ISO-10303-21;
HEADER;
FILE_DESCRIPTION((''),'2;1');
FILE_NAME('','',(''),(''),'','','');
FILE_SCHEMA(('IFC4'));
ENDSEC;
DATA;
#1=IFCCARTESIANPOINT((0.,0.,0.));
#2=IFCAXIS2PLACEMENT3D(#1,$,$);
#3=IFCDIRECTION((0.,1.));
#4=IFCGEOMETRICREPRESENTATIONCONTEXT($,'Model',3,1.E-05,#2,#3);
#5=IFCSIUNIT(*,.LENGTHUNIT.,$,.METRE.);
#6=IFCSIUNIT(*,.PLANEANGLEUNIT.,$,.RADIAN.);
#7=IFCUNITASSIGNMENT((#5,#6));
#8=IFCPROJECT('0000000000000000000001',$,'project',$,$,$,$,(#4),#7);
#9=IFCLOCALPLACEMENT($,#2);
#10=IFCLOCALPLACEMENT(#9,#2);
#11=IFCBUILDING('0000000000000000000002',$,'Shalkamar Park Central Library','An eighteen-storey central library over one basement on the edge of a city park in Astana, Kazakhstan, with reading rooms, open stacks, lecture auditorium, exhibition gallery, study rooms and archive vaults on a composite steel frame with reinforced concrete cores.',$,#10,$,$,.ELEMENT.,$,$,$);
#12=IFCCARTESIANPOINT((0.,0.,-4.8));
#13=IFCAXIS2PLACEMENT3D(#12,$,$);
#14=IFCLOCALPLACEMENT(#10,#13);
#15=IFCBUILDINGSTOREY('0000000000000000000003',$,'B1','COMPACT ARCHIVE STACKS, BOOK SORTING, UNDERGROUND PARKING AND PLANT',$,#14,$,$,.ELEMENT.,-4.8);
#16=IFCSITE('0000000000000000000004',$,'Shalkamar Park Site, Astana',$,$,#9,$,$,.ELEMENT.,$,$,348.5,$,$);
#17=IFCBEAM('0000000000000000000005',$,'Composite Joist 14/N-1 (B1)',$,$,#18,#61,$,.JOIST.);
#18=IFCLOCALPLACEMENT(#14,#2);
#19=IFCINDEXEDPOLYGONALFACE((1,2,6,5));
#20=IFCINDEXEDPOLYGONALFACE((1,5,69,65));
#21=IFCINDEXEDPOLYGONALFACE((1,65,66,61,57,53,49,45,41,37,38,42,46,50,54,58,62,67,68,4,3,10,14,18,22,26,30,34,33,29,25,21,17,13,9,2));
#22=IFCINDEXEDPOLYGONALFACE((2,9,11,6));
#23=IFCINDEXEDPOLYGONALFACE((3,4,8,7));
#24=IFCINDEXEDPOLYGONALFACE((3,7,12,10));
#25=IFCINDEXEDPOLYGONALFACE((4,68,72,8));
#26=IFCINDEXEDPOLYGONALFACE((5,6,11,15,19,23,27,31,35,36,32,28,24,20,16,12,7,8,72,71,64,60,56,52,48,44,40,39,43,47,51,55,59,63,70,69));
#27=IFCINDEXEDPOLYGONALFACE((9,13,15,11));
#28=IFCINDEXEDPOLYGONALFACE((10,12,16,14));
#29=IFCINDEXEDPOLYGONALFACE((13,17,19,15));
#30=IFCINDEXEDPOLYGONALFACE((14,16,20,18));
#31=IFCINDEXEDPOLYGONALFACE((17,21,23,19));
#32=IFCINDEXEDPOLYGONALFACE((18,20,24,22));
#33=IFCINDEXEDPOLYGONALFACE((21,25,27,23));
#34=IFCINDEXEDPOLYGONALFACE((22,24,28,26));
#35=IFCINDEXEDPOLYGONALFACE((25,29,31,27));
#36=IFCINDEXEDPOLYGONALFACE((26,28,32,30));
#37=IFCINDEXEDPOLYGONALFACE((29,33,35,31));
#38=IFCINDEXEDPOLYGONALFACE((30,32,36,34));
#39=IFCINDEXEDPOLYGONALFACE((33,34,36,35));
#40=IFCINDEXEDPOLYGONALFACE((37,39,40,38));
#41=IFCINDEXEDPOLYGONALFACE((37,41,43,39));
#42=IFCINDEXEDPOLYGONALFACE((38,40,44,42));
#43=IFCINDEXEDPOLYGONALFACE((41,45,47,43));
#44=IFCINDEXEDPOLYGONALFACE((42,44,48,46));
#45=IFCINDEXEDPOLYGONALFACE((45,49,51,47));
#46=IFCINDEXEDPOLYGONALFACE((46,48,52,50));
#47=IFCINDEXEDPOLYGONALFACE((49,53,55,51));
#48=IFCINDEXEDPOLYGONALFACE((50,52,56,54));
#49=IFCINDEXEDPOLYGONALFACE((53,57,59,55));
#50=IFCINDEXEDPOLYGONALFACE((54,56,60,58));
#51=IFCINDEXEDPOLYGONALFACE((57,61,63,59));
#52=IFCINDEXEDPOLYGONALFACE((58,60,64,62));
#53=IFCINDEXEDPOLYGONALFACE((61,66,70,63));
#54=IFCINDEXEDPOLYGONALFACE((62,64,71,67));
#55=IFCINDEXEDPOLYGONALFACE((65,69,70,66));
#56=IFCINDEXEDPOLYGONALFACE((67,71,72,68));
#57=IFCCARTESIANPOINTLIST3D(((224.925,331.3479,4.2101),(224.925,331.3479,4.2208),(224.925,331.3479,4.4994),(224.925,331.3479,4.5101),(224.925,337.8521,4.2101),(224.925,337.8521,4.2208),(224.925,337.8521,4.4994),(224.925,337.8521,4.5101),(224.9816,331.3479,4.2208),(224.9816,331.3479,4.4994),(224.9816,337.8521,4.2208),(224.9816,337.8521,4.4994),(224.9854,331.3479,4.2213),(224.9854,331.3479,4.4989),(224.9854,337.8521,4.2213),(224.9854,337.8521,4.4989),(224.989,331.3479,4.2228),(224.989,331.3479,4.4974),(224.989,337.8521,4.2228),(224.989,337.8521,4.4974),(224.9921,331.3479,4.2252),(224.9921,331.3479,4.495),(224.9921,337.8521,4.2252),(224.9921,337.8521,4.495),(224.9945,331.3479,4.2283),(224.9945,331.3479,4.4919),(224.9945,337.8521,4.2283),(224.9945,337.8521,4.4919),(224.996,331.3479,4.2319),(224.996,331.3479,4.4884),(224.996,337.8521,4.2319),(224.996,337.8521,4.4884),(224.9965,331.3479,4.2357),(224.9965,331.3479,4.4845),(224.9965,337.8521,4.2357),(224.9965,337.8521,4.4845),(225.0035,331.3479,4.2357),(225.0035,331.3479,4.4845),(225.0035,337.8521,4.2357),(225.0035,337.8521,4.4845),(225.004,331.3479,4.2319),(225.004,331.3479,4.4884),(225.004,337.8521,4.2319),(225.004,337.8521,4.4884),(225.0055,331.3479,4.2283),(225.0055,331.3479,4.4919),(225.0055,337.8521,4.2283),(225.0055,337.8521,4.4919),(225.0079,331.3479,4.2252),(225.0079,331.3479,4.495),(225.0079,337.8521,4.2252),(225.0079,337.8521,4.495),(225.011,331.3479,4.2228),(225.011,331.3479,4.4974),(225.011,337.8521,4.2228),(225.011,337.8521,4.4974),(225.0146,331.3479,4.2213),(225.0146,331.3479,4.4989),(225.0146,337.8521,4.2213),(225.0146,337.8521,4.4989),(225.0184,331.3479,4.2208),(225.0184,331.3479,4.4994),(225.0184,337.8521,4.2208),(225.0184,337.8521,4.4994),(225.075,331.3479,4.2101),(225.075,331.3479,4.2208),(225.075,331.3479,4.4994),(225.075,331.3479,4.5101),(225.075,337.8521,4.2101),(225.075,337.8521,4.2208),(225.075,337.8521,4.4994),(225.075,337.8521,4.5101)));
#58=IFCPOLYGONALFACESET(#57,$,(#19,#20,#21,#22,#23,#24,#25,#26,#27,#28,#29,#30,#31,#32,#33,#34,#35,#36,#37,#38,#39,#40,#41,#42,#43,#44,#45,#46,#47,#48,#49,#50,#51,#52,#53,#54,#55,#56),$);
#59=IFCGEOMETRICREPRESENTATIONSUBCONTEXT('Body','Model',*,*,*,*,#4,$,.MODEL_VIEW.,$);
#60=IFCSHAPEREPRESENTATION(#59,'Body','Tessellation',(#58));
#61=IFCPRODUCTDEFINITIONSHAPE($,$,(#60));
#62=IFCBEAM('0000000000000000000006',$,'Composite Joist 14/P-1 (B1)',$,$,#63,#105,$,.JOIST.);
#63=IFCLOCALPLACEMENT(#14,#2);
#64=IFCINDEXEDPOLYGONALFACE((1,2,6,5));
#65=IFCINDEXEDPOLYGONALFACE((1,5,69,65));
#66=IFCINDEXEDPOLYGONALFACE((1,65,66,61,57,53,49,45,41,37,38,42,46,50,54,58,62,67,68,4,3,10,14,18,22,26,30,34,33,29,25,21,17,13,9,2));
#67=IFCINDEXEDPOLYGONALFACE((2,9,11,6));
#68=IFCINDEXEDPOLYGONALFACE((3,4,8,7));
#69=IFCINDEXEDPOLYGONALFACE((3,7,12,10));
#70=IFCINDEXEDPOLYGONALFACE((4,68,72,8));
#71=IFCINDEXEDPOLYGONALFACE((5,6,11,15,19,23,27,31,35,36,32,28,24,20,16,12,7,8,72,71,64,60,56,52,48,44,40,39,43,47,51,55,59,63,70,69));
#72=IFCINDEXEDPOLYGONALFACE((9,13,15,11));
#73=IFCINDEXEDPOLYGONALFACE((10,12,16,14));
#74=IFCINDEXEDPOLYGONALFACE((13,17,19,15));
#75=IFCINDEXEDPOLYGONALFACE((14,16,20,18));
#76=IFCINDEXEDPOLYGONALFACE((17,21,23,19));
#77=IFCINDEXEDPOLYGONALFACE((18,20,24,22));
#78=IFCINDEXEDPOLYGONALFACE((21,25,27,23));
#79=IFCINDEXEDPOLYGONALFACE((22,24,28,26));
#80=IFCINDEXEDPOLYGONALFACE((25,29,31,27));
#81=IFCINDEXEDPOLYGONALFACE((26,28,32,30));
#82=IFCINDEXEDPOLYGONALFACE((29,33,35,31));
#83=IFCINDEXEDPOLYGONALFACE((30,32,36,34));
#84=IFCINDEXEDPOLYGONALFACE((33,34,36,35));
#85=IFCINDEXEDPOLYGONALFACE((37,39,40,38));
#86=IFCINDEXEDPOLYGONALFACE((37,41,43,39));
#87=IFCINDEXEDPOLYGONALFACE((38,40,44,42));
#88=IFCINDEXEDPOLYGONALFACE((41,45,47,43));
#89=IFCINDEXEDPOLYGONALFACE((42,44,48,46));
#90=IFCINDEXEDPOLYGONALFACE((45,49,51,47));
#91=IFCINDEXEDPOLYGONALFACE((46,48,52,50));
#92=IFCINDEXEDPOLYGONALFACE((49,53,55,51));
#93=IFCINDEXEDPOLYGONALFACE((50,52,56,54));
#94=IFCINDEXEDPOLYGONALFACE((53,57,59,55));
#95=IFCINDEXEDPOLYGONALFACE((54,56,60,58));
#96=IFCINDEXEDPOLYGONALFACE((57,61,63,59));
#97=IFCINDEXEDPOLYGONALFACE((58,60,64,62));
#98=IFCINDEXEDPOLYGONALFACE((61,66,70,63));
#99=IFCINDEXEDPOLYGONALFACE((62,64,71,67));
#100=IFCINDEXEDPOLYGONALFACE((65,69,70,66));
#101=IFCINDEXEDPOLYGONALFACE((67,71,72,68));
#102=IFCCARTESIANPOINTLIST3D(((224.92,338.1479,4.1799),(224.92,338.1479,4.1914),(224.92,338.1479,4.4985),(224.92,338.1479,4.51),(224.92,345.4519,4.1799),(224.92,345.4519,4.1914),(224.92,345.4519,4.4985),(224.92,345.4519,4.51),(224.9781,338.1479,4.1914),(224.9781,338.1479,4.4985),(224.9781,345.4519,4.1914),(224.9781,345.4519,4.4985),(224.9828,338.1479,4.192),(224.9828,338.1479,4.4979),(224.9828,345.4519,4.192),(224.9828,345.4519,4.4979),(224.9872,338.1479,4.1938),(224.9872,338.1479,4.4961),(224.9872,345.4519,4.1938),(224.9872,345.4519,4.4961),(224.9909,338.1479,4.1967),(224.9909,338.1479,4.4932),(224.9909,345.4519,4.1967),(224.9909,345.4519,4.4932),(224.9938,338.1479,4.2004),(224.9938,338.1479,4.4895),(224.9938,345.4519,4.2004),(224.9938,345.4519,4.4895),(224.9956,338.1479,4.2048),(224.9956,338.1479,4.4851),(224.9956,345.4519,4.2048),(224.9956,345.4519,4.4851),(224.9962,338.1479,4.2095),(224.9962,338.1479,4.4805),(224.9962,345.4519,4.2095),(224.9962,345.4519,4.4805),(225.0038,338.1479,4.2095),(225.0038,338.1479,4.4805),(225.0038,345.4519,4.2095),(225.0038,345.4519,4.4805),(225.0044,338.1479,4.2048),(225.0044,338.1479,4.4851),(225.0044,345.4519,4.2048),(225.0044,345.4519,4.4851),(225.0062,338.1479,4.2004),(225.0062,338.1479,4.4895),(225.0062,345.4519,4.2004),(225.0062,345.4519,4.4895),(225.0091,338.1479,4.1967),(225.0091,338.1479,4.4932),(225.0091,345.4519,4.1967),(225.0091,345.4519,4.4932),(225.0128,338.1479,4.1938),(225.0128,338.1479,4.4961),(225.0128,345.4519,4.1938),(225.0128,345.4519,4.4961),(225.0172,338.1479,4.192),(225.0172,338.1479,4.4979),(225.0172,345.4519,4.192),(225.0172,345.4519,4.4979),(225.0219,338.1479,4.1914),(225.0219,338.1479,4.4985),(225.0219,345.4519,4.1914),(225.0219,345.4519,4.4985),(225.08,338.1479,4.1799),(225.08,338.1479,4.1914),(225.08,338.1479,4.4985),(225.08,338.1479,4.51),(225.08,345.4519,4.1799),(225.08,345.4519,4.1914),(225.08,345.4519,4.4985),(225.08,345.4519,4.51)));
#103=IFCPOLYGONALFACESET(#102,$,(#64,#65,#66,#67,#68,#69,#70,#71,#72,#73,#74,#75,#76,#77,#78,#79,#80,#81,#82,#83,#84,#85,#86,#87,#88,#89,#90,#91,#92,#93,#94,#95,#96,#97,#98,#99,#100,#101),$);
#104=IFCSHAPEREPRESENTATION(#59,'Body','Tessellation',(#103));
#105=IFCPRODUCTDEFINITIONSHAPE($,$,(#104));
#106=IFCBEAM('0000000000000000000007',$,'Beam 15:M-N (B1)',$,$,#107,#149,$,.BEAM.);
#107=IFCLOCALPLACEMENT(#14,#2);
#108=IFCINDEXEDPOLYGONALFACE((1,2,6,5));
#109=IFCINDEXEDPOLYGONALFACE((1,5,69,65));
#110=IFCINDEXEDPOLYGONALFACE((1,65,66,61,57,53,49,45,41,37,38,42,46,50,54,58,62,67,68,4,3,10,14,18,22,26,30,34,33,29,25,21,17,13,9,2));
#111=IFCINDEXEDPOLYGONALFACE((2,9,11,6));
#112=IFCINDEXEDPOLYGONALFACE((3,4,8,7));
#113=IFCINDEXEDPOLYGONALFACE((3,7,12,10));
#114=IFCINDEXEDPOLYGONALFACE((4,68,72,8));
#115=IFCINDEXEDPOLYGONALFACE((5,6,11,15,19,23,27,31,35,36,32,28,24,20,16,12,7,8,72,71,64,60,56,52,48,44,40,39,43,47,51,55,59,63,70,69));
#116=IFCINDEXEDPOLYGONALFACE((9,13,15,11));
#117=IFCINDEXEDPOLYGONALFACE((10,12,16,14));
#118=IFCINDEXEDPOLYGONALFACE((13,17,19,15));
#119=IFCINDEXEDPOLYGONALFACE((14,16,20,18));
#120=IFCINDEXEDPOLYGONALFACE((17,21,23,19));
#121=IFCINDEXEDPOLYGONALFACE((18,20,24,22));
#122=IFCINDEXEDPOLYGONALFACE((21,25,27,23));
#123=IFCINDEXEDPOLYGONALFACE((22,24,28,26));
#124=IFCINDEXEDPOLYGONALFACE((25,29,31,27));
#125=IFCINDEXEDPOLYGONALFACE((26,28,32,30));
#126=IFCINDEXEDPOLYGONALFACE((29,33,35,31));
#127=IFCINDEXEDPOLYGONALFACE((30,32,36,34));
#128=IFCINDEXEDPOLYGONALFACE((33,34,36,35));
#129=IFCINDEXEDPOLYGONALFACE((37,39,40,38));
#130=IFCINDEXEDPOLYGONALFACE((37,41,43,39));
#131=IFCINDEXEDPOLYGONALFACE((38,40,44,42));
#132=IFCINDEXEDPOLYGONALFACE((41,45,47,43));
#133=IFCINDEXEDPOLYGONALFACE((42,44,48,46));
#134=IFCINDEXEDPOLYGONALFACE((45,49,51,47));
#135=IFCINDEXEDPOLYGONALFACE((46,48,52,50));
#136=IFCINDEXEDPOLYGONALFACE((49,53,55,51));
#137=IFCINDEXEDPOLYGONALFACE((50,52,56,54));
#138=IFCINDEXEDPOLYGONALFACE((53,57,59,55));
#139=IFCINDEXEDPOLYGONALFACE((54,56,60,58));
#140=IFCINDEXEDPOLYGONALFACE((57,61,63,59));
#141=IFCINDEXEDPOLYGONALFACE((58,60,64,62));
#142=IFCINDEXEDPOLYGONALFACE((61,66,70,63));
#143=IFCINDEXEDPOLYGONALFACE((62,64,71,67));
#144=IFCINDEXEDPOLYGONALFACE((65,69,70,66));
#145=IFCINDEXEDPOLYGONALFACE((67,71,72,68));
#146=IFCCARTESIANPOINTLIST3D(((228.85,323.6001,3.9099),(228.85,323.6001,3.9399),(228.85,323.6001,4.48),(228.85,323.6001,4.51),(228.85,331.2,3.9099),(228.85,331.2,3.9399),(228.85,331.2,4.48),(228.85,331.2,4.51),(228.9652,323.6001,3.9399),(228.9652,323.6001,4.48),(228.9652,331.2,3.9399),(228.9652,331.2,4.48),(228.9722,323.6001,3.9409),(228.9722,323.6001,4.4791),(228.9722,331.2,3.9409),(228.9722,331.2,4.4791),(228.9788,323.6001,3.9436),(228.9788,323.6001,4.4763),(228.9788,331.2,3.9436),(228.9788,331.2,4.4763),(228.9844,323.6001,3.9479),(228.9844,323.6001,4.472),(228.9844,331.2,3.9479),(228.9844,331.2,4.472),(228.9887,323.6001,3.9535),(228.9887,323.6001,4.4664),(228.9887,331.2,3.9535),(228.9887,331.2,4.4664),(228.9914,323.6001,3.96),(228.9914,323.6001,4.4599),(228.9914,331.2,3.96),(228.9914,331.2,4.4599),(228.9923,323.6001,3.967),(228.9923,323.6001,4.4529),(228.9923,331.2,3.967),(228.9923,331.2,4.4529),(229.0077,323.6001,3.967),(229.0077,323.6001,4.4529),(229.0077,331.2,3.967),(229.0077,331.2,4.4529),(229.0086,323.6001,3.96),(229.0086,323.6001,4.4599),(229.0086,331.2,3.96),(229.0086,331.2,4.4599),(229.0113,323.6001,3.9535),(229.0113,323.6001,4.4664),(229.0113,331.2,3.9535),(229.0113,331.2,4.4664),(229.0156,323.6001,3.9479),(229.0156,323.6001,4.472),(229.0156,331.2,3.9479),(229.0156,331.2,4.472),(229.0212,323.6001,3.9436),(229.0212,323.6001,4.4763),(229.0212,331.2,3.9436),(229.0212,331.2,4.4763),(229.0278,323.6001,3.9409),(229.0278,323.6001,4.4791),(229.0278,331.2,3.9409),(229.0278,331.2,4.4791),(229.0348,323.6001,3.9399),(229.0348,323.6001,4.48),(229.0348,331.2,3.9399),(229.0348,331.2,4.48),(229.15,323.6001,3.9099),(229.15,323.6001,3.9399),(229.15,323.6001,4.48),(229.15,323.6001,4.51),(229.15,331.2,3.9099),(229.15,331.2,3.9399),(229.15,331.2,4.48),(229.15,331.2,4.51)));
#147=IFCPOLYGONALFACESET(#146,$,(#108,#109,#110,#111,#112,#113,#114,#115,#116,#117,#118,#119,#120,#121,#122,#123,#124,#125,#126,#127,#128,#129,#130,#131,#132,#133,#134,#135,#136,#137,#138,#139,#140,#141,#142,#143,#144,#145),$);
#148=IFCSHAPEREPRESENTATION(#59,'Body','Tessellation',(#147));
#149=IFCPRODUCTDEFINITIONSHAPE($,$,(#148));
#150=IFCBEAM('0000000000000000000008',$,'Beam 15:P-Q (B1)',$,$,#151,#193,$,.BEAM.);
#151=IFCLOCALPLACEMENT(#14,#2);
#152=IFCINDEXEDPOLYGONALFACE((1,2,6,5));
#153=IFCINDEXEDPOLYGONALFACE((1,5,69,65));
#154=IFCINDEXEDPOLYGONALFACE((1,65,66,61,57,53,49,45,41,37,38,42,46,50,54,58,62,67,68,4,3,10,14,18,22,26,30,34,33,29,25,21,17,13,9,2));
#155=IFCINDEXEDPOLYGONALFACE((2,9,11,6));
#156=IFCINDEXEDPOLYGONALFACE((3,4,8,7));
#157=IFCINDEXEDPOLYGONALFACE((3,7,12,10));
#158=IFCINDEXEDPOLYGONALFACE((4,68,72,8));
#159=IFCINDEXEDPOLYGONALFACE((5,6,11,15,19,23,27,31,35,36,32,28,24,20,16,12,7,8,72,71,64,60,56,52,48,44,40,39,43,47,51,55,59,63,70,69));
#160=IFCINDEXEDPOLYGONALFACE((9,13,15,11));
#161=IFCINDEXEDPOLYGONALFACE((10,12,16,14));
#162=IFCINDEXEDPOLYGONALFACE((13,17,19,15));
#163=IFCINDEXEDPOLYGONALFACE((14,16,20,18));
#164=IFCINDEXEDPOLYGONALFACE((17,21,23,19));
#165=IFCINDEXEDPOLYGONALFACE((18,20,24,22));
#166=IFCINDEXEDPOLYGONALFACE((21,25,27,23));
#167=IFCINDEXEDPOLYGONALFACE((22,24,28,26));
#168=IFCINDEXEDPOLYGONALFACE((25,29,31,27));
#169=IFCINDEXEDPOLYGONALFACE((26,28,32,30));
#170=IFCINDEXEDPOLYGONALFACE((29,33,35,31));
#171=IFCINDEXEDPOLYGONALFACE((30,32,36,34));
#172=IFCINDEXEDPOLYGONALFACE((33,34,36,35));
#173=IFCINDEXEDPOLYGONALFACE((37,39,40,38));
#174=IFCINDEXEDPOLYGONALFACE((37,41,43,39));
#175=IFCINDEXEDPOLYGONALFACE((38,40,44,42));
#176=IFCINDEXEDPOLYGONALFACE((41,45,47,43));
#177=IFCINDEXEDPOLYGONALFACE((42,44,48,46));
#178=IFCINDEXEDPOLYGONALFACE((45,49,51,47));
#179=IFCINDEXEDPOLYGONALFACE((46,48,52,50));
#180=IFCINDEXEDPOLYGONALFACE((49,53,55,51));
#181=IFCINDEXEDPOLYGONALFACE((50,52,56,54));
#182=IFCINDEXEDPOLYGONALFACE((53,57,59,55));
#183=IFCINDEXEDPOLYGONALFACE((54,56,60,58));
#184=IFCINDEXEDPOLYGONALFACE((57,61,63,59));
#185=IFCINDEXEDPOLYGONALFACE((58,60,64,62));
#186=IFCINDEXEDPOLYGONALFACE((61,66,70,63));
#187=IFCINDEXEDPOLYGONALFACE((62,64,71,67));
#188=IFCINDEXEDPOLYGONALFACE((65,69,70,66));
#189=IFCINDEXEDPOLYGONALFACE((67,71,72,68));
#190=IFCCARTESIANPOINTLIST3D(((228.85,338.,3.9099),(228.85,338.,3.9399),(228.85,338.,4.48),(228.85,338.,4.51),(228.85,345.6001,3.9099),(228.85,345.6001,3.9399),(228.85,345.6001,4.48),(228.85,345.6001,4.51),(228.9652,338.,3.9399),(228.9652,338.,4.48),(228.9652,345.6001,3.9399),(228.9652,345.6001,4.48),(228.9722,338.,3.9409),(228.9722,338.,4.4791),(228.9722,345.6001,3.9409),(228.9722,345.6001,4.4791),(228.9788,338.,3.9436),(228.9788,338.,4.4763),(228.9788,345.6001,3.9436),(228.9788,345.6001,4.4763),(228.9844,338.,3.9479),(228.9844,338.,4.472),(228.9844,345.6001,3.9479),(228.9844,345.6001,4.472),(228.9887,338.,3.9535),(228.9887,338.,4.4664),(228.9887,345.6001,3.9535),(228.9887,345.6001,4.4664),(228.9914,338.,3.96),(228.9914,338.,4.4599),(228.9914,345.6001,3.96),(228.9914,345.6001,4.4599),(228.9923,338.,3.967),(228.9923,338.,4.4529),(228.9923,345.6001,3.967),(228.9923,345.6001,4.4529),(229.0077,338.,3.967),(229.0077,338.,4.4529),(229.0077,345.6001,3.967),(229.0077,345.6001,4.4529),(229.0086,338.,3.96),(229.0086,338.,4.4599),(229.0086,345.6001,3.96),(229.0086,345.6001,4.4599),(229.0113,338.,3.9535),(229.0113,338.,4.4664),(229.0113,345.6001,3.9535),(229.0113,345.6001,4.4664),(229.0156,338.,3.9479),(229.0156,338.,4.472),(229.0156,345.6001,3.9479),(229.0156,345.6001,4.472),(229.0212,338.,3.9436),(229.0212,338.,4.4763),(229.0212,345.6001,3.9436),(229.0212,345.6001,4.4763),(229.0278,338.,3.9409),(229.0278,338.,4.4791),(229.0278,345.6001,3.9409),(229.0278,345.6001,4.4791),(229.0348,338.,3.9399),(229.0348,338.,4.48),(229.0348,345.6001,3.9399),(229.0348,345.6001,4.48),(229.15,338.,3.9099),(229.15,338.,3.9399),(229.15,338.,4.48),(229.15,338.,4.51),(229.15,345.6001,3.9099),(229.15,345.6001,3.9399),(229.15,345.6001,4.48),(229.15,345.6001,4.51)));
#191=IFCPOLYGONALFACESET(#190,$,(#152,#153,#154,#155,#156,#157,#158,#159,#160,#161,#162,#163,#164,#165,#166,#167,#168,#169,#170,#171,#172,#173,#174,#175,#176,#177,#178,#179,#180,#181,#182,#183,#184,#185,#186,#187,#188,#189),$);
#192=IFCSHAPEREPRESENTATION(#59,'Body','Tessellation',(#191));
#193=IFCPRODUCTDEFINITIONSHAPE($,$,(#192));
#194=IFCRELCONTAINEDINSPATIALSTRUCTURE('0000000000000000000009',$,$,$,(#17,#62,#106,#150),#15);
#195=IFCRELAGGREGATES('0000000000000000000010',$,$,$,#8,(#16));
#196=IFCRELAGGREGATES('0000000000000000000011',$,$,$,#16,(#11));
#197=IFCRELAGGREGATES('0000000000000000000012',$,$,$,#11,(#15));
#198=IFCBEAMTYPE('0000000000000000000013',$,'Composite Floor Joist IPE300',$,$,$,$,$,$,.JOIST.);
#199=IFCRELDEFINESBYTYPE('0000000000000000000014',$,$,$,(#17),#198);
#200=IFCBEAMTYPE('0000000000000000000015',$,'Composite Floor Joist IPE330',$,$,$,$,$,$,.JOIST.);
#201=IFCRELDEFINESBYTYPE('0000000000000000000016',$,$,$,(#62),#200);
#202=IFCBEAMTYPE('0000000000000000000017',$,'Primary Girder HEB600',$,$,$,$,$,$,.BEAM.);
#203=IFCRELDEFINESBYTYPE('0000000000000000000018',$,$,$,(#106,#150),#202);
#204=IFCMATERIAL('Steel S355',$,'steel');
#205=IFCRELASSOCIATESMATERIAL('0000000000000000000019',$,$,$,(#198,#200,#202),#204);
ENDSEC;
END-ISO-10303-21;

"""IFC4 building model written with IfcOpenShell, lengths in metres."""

from ifc_helpers import new_model, si_unit, direction, frame, origin, origin_2d, place, context, subcontext, project, spatial, i_section, extrude, material, material_profile, profile_set, type_object, element, save


model = new_model("IFC4")

# Units and contexts
model_context = context("Model", 3, precision=1e-05, world=origin(), true_north=direction((0.0, 1.0)))
body_context = subcontext(model_context, "Body", "Model", "MODEL_VIEW")
ifc_project = project(units=[si_unit("LENGTHUNIT", "METRE"), si_unit("PLANEANGLEUNIT", "RADIAN")], contexts=[model_context])

# Site, building, storey
site_placement = place(None, origin())
site = spatial("IfcSite", under=ifc_project, at=site_placement, Name="Shalkamar Park Site, Astana", CompositionType="ELEMENT", RefElevation=348.5)
building_placement = place(site_placement, origin())
building = spatial("IfcBuilding", under=site, at=building_placement, Name="Shalkamar Park Central Library", Description="An eighteen-storey central library over one basement on the edge of a city park in Astana, Kazakhstan, with reading rooms, open stacks, lecture auditorium, exhibition gallery, study rooms and archive vaults on a composite steel frame with reinforced concrete cores.", CompositionType="ELEMENT")
storey_placement = place(building_placement, frame((0.0, 0.0, -4.8)))
storey = spatial("IfcBuildingStorey", under=building, at=storey_placement, Name="B1", Description="COMPACT ARCHIVE STACKS, BOOK SORTING, UNDERGROUND PARKING AND PLANT", CompositionType="ELEMENT", Elevation=-4.8)

# Shared definitions
ifc_material_1 = material(Name="Steel S355", Category="steel")

# Beams
ifc_material_profile_1 = material_profile(ifc_material_1, i_section(OverallWidth=0.1499, OverallDepth=0.3, WebThickness=0.0071, FlangeThickness=0.0107, FilletRadius=0.0149, at=origin_2d()), Name="IPE 300")
ifc_profile_set_1 = profile_set([ifc_material_profile_1], Name="Steel S355")
beam_type_1 = type_object("IfcBeamType", Name="Composite Floor Joist IPE300", PredefinedType="JOIST", material=ifc_profile_set_1)
beam_1_placement = place(storey_placement, frame((225.0, 331.3479, 4.3601), z_axis=(0.0, 1.0, 0.0), x_axis=(-1.0, 0.0, 0.0)))
element("IfcBeam", 1, at=beam_1_placement, inside=storey, type_object=beam_type_1, Name="Composite Joist 14/N-1 (B1)", PredefinedType="JOIST", context=body_context, shape_type="SweptSolid", body=[
    extrude(i_section(OverallWidth=0.1499, OverallDepth=0.3, WebThickness=0.0071, FlangeThickness=0.0107, FilletRadius=0.0149, at=origin_2d()), origin(), (0.0, 0.0, 1.0), 6.5042),
])
ifc_material_profile_2 = material_profile(ifc_material_1, i_section(OverallWidth=0.1599, OverallDepth=0.3301, WebThickness=0.0076, FlangeThickness=0.0115, FilletRadius=0.0181, at=origin_2d()), Name="IPE 330")
ifc_profile_set_2 = profile_set([ifc_material_profile_2], Name="Steel S355")
beam_type_2 = type_object("IfcBeamType", Name="Composite Floor Joist IPE330", PredefinedType="JOIST", material=ifc_profile_set_2)
beam_2_placement = place(storey_placement, frame((225.0, 338.1479, 4.345), z_axis=(0.0, 1.0, 0.0), x_axis=(-1.0, 0.0, 0.0)))
element("IfcBeam", 2, at=beam_2_placement, inside=storey, type_object=beam_type_2, Name="Composite Joist 14/P-1 (B1)", PredefinedType="JOIST", context=body_context, shape_type="SweptSolid", body=[
    extrude(i_section(OverallWidth=0.1599, OverallDepth=0.3301, WebThickness=0.0076, FlangeThickness=0.0115, FilletRadius=0.0181, at=origin_2d()), origin(), (0.0, 0.0, 1.0), 7.304),
])
ifc_material_profile_3 = material_profile(ifc_material_1, i_section(OverallWidth=0.3, OverallDepth=0.6001, WebThickness=0.0154, FlangeThickness=0.03, FilletRadius=0.0271, at=origin_2d()), Name="HEB 600")
ifc_profile_set_3 = profile_set([ifc_material_profile_3], Name="Steel S355")
beam_type_3 = type_object("IfcBeamType", Name="Primary Girder HEB600", PredefinedType="BEAM", material=ifc_profile_set_3)
beam_3_placement = place(storey_placement, frame((229.0, 323.6001, 4.21), z_axis=(0.0, 1.0, 0.0), x_axis=(-1.0, 0.0, 0.0)))
element("IfcBeam", 3, at=beam_3_placement, inside=storey, type_object=beam_type_3, Name="Beam 15:M-N (B1)", PredefinedType="BEAM", context=body_context, shape_type="SweptSolid", body=[
    extrude(i_section(OverallWidth=0.3, OverallDepth=0.6001, WebThickness=0.0154, FlangeThickness=0.03, FilletRadius=0.0271, at=origin_2d()), origin(), (0.0, 0.0, 1.0), 7.5999),
])
beam_4_placement = place(storey_placement, frame((229.0, 338.0, 4.21), z_axis=(0.0, 1.0, 0.0), x_axis=(-1.0, 0.0, 0.0)))
element("IfcBeam", 4, at=beam_4_placement, inside=storey, type_object=beam_type_3, Name="Beam 15:P-Q (B1)", PredefinedType="BEAM", context=body_context, shape_type="SweptSolid", body=[
    extrude(i_section(OverallWidth=0.3, OverallDepth=0.6001, WebThickness=0.0154, FlangeThickness=0.03, FilletRadius=0.0271, at=origin_2d()), origin(), (0.0, 0.0, 1.0), 7.6001),
])

save(model, "model.ifc")
